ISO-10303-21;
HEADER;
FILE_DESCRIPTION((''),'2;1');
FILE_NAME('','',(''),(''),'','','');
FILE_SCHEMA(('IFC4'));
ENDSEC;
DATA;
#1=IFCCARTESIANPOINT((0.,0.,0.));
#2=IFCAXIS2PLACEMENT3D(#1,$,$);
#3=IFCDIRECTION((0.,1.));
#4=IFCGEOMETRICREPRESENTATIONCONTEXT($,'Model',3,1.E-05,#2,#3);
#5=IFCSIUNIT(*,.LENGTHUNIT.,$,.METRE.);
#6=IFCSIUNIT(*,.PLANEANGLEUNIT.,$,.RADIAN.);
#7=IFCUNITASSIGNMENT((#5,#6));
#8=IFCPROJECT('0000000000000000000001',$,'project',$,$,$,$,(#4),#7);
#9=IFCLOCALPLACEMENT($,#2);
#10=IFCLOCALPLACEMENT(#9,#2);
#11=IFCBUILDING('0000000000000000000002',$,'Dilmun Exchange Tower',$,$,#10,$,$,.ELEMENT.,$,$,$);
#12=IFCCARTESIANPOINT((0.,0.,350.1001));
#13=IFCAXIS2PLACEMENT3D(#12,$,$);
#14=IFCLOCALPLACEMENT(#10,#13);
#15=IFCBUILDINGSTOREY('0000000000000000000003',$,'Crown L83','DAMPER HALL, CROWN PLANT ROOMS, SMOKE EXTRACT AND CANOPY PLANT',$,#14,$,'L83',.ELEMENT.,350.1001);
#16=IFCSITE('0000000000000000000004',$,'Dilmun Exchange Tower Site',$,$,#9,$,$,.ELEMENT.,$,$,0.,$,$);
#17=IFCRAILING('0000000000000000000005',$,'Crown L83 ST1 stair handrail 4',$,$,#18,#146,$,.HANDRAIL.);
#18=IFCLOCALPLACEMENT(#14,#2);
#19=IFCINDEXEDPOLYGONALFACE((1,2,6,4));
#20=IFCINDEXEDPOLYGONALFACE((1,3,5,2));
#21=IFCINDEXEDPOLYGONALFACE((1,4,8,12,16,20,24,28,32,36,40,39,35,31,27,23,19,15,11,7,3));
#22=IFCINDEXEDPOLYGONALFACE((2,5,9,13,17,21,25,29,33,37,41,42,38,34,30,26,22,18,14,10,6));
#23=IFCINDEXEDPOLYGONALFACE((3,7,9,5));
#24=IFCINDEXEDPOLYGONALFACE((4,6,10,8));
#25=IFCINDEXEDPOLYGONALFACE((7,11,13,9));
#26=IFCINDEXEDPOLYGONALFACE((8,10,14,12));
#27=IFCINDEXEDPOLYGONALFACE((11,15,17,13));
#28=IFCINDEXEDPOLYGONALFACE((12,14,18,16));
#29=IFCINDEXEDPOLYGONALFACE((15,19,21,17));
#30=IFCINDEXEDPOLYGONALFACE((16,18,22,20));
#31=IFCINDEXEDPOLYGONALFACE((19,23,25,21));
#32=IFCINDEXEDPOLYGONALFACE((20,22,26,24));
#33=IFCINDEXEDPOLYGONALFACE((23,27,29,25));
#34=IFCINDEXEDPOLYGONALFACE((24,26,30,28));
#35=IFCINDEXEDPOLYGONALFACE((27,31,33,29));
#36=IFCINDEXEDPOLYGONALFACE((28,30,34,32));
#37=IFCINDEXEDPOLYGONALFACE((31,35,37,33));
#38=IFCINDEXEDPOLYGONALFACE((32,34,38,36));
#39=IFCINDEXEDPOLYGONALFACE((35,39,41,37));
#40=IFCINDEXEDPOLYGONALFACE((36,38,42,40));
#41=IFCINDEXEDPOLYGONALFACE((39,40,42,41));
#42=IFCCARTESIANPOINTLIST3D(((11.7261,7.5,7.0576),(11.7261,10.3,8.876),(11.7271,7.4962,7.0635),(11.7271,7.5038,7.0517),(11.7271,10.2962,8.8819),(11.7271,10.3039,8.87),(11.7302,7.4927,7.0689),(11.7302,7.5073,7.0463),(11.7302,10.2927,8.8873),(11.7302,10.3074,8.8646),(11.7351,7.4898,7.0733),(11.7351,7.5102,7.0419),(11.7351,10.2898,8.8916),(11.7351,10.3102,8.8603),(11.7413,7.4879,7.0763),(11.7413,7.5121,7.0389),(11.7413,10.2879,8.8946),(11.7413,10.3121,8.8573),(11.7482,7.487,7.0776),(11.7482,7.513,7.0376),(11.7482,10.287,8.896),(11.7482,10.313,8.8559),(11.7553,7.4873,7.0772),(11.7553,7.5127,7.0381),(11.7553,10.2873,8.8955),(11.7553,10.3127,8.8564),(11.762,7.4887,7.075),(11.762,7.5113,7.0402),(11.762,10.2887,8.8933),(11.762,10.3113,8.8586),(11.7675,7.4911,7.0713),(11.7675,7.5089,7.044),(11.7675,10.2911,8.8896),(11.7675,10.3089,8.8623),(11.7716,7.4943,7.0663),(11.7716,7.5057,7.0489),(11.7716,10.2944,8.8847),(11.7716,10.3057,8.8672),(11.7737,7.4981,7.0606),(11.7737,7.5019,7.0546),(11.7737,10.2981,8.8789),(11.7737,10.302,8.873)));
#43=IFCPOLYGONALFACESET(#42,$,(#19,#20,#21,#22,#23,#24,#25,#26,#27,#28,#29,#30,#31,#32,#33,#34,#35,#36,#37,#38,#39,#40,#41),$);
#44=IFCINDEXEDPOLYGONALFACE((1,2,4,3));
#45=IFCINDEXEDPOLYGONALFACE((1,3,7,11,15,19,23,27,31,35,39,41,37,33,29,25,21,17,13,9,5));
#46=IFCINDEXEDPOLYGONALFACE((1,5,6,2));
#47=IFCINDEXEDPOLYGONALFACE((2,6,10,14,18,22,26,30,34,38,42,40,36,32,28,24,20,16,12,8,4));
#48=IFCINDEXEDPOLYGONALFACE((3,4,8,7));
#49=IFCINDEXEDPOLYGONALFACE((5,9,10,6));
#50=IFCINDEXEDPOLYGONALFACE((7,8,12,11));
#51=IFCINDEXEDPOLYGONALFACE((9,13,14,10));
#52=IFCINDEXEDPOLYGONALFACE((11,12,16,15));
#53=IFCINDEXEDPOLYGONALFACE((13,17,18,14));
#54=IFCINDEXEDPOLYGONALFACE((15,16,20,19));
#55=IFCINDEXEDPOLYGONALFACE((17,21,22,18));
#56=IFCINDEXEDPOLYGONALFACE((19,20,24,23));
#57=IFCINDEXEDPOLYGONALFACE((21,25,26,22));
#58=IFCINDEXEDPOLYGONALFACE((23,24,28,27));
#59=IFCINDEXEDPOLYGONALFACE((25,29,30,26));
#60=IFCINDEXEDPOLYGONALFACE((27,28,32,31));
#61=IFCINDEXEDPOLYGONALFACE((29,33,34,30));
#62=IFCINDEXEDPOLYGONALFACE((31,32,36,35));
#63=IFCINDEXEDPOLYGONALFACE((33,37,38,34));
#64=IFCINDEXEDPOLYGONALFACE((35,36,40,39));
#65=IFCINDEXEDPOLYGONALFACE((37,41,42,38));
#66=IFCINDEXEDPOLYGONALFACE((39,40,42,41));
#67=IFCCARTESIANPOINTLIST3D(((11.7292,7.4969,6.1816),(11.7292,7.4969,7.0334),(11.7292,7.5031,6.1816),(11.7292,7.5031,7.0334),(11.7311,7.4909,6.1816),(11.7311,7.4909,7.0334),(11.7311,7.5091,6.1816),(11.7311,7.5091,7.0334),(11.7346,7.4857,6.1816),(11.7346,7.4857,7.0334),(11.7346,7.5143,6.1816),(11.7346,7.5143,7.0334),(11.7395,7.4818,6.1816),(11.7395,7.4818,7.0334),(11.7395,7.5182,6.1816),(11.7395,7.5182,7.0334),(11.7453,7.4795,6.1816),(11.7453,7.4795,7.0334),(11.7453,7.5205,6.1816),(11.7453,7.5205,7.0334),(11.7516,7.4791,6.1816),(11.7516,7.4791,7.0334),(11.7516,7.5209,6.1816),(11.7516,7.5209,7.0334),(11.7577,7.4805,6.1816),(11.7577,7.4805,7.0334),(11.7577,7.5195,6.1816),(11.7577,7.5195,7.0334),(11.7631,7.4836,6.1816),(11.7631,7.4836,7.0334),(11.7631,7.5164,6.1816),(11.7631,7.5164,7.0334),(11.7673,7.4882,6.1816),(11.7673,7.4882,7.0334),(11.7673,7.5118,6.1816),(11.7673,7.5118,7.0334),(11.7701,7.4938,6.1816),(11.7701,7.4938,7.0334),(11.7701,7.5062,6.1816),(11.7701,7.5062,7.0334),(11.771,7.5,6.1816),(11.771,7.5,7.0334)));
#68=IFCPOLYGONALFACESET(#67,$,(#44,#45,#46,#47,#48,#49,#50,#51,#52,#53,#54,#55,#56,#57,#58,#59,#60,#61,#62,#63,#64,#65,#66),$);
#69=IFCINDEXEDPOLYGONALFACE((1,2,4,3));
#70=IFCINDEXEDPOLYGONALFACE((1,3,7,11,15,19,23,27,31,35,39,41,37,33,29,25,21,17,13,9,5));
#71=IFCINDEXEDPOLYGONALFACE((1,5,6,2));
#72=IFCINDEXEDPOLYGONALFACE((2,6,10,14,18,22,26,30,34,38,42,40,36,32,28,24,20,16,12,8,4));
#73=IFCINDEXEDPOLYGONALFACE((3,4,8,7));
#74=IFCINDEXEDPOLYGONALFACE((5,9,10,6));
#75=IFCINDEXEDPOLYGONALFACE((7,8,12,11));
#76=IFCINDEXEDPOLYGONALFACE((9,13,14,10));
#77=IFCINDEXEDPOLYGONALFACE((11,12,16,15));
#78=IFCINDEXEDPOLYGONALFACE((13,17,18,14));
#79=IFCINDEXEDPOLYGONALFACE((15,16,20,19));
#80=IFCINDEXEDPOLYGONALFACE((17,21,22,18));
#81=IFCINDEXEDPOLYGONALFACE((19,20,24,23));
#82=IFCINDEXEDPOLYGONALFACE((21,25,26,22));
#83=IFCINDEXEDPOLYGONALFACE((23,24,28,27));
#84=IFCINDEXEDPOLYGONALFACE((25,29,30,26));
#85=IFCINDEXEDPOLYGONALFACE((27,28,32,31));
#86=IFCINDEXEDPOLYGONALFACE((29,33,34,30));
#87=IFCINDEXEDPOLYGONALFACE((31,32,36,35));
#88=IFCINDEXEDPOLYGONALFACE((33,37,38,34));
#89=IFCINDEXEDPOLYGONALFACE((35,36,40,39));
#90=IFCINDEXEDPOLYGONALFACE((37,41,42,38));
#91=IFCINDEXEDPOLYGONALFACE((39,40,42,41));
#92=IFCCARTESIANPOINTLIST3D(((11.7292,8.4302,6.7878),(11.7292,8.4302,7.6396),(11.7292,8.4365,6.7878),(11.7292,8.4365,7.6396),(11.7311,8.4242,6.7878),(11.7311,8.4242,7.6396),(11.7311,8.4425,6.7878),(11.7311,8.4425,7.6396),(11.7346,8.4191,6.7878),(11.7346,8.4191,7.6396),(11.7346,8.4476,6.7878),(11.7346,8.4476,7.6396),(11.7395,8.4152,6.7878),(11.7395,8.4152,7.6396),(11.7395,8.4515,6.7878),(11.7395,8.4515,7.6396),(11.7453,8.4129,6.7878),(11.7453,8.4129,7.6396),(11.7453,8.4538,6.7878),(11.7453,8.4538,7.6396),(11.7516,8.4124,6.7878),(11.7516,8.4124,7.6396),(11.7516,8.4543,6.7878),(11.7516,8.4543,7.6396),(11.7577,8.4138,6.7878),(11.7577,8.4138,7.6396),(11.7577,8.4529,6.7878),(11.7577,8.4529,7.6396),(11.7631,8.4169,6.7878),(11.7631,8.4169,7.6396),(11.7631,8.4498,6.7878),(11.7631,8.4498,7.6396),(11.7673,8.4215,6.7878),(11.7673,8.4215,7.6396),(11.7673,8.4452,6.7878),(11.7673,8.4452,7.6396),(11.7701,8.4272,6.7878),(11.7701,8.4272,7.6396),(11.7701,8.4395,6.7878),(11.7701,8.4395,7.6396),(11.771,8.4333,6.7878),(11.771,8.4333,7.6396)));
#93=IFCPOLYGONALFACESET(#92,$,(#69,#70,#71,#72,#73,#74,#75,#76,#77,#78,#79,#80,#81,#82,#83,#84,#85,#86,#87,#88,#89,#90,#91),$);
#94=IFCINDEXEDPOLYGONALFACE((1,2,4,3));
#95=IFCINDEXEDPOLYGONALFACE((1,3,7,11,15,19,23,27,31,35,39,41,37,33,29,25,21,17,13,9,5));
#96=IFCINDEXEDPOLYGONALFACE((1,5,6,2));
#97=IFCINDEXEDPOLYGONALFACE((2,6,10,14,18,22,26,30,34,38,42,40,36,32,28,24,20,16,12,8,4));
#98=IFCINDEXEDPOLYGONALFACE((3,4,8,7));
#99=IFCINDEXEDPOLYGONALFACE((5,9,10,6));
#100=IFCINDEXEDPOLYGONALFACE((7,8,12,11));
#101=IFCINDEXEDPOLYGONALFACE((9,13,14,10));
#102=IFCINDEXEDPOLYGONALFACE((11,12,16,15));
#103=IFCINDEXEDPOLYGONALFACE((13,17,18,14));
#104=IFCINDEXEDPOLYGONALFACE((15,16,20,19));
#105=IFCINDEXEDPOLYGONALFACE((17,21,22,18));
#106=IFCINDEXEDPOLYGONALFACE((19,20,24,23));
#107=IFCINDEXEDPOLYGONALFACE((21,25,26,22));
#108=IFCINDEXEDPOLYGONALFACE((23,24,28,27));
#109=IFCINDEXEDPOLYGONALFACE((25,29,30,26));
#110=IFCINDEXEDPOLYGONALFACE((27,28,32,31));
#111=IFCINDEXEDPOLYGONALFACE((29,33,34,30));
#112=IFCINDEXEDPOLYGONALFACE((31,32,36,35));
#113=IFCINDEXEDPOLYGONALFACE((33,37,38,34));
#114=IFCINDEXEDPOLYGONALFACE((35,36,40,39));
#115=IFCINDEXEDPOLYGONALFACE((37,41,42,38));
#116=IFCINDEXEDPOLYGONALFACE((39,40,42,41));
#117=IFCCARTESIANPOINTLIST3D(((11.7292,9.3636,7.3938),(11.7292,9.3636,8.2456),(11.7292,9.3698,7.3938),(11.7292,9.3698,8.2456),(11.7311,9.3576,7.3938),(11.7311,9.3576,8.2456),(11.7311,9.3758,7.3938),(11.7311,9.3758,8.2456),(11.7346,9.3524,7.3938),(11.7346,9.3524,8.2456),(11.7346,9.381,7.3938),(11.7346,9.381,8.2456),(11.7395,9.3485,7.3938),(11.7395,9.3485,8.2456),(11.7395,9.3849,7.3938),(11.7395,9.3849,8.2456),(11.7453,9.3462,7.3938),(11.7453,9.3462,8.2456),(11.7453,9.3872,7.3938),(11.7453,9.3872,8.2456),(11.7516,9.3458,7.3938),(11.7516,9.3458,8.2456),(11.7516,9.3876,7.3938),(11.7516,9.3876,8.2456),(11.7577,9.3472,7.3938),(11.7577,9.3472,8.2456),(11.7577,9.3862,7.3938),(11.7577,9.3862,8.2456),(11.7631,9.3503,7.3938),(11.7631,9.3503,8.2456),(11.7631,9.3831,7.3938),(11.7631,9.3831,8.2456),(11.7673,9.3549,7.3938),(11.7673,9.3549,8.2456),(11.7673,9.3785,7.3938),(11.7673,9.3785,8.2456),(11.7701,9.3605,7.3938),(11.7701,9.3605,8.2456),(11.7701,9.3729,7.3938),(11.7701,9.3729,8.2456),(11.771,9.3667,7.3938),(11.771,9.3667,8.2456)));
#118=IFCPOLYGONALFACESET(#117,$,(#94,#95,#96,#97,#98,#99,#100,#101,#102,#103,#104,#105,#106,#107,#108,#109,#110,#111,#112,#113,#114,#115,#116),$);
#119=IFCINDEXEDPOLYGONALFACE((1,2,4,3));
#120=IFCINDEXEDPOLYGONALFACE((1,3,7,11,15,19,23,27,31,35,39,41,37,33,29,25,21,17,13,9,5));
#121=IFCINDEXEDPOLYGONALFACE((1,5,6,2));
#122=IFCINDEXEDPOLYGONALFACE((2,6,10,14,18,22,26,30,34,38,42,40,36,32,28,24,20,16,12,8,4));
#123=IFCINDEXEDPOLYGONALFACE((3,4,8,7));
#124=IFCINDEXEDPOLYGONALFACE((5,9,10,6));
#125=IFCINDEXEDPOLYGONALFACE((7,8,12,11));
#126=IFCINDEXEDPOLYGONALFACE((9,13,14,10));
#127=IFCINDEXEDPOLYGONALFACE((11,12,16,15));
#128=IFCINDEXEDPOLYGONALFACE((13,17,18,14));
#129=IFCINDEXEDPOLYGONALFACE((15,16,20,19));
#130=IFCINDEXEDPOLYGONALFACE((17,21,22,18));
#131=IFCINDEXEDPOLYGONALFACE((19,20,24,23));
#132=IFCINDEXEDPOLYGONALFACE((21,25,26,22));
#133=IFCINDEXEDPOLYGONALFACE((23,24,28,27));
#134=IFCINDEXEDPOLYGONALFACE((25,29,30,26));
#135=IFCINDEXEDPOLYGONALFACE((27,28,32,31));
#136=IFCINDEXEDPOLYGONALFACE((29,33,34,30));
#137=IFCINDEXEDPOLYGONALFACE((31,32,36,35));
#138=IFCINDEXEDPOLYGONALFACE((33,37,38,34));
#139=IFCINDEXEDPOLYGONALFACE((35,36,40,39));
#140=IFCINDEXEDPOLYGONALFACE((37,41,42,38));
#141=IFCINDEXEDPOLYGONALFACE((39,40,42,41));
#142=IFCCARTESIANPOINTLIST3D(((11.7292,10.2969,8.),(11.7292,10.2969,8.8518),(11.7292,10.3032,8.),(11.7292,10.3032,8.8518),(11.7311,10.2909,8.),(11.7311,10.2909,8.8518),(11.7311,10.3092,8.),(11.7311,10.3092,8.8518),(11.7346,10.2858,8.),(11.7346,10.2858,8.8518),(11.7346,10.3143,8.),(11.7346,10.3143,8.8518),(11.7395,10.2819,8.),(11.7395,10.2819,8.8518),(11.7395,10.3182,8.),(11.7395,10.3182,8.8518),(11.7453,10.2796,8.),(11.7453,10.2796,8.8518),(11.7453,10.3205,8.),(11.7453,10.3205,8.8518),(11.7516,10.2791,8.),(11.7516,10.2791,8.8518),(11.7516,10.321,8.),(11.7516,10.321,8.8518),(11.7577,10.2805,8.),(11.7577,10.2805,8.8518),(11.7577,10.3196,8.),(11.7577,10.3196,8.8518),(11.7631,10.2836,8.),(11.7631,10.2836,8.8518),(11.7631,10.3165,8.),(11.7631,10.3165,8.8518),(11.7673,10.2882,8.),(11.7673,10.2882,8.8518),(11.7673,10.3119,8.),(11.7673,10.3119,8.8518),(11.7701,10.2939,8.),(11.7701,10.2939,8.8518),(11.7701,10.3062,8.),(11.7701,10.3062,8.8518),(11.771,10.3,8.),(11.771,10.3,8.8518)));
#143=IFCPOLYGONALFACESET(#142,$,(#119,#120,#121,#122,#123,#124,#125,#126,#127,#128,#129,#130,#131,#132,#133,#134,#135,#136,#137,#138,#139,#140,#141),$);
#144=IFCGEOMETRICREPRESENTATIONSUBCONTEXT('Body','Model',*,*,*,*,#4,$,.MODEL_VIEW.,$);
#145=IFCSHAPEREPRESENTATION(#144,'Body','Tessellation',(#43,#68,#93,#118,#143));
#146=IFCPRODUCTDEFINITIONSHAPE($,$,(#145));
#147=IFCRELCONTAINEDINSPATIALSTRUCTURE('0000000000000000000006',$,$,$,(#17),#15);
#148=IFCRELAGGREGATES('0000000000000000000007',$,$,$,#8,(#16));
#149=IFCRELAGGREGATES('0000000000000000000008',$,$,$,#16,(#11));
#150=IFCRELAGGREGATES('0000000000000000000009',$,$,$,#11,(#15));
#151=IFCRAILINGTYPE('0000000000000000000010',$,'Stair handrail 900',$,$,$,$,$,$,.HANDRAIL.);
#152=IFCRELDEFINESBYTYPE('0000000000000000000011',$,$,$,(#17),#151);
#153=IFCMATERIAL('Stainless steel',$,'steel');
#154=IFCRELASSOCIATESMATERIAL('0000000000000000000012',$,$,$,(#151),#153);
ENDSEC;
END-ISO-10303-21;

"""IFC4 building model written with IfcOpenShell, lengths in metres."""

from ifc_helpers import new_model, si_unit, direction, frame, origin, origin_2d, place, context, subcontext, project, spatial, circle, extrude, material, type_object, element, save


model = new_model("IFC4")

# Units and contexts
model_context = context("Model", 3, precision=1e-05, world=origin(), true_north=direction((0.0, 1.0)))
body_context = subcontext(model_context, "Body", "Model", "MODEL_VIEW")
ifc_project = project(units=[si_unit("LENGTHUNIT", "METRE"), si_unit("PLANEANGLEUNIT", "RADIAN")], contexts=[model_context])

# Site, building, storey
site_placement = place(None, origin())
site = spatial("IfcSite", under=ifc_project, at=site_placement, Name="Dilmun Exchange Tower Site", CompositionType="ELEMENT", RefElevation=0.0)
building_placement = place(site_placement, origin())
building = spatial("IfcBuilding", under=site, at=building_placement, Name="Dilmun Exchange Tower", CompositionType="ELEMENT")
storey_placement = place(building_placement, frame((0.0, 0.0, 350.1001)))
storey = spatial("IfcBuildingStorey", under=building, at=storey_placement, Name="Crown L83", Description="DAMPER HALL, CROWN PLANT ROOMS, SMOKE EXTRACT AND CANOPY PLANT", LongName="L83", CompositionType="ELEMENT", Elevation=350.1001)

# Railing
ifc_material_1 = material(Name="Stainless steel", Category="steel")
railing_type = type_object("IfcRailingType", Name="Stair handrail 900", PredefinedType="HANDRAIL", material=ifc_material_1)
railing_1_placement = place(storey_placement, frame((11.75, 7.5, 6.1816)))
element("IfcRailing", 1, at=railing_1_placement, inside=storey, type_object=railing_type, Name="Crown L83 ST1 stair handrail 4", PredefinedType="HANDRAIL", context=body_context, shape_type="SweptSolid", body=[
    extrude(circle(Radius=0.0239, at=origin_2d()), frame((0.0, 0.0, 0.876), z_axis=(0.0, 0.838672, 0.544636), x_axis=(-1.0, 0.0, 0.0)), (0.0, 0.0, 1.0), 3.3386),
    extrude(circle(Radius=0.021, at=origin_2d()), origin(), (0.0, 0.0, 1.0), 0.8518),
    extrude(circle(Radius=0.021, at=origin_2d()), frame((0.0, 0.9333, 0.6062)), (0.0, 0.0, 1.0), 0.8518),
    extrude(circle(Radius=0.021, at=origin_2d()), frame((0.0, 1.8667, 1.2122)), (0.0, 0.0, 1.0), 0.8518),
    extrude(circle(Radius=0.021, at=origin_2d()), frame((0.0, 2.8, 1.8184)), (0.0, 0.0, 1.0), 0.8518),
])

save(model, "model.ifc")
